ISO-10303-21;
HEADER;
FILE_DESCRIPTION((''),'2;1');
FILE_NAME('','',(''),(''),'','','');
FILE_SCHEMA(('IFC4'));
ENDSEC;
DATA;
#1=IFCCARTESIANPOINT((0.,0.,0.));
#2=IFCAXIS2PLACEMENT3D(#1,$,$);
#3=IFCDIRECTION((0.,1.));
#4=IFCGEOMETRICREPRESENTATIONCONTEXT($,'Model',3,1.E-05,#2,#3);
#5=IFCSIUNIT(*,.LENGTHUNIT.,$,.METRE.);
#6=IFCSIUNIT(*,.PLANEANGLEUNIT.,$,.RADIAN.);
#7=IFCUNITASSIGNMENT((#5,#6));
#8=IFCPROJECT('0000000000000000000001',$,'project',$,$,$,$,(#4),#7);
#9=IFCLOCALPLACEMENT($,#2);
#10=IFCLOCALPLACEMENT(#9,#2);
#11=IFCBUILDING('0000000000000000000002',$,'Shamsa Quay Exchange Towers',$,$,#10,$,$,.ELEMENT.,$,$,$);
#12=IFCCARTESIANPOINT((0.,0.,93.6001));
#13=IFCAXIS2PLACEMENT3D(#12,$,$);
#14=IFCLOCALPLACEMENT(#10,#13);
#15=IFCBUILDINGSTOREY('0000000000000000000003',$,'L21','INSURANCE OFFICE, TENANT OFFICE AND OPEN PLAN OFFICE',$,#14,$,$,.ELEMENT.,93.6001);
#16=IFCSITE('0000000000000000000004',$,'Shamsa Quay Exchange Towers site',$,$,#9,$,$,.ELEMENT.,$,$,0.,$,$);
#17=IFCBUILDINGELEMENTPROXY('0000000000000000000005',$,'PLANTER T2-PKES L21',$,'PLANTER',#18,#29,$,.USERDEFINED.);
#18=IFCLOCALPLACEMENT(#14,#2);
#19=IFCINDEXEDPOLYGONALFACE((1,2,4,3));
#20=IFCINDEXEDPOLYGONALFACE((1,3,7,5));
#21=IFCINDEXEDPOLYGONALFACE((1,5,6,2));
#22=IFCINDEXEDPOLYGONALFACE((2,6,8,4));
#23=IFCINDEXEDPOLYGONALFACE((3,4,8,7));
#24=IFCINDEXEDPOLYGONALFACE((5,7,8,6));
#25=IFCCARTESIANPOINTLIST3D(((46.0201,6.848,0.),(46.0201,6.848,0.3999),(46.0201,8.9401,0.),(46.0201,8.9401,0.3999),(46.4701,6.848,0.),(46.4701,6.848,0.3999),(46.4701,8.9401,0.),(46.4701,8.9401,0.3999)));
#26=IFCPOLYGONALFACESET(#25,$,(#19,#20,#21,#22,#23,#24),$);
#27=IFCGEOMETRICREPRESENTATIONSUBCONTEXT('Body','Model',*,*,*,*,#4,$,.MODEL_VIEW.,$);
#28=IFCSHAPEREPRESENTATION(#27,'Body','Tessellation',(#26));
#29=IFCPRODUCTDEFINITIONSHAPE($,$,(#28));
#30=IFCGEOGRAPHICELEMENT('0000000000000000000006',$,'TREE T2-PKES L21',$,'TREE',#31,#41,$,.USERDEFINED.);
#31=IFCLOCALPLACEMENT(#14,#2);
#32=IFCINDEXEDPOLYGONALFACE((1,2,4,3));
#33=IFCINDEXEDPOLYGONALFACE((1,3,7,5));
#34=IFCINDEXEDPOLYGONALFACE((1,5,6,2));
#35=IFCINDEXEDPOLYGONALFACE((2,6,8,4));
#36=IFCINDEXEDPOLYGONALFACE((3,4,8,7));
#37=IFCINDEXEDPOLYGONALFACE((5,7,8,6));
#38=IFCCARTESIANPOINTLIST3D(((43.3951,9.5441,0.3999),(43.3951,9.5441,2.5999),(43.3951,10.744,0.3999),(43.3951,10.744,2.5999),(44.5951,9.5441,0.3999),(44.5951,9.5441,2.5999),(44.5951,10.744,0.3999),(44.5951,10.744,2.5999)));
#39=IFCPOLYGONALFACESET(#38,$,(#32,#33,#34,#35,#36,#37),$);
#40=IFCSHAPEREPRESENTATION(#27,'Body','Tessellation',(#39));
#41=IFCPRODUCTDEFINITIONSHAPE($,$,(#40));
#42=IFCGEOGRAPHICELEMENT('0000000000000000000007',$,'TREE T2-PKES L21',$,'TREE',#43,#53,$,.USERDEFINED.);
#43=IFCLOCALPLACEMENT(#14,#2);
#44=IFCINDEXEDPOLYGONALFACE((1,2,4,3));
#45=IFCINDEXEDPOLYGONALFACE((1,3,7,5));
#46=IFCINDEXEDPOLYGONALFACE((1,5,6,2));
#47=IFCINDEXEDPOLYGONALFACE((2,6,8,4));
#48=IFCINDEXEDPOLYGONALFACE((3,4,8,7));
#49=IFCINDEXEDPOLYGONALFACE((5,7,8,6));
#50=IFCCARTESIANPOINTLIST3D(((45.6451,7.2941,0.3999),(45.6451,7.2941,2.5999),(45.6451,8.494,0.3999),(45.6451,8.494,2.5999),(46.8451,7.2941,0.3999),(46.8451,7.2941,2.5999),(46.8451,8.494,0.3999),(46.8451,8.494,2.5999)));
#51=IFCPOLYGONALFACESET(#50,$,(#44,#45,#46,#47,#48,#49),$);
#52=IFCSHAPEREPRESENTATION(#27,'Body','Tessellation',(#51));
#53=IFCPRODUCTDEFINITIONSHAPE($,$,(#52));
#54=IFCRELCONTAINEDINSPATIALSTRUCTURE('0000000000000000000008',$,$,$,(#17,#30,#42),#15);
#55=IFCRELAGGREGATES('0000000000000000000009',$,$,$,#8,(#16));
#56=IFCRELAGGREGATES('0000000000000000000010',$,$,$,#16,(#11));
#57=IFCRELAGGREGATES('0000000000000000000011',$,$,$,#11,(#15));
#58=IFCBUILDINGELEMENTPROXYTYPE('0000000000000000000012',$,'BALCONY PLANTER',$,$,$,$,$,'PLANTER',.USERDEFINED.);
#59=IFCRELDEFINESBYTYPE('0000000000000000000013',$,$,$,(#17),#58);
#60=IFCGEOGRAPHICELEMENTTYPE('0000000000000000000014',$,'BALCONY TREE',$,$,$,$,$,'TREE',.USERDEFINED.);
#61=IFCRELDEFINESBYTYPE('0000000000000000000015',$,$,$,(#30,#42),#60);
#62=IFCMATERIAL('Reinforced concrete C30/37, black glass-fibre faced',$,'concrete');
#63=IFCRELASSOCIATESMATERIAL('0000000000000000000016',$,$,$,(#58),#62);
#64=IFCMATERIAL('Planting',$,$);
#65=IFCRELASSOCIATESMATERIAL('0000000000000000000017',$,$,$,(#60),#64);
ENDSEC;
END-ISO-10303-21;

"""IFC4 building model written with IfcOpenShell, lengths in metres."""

from ifc_helpers import new_model, si_unit, direction, frame, origin, origin_2d, place, context, subcontext, project, spatial, rectangle, extrude, material, type_object, element, save


model = new_model("IFC4")

# Units and contexts
model_context = context("Model", 3, precision=1e-05, world=origin(), true_north=direction((0.0, 1.0)))
body_context = subcontext(model_context, "Body", "Model", "MODEL_VIEW")
ifc_project = project(units=[si_unit("LENGTHUNIT", "METRE"), si_unit("PLANEANGLEUNIT", "RADIAN")], contexts=[model_context])

# Site, building, storey
site_placement = place(None, origin())
site = spatial("IfcSite", under=ifc_project, at=site_placement, Name="Shamsa Quay Exchange Towers site", CompositionType="ELEMENT", RefElevation=0.0)
building_placement = place(site_placement, origin())
building = spatial("IfcBuilding", under=site, at=building_placement, Name="Shamsa Quay Exchange Towers", CompositionType="ELEMENT")
storey_placement = place(building_placement, frame((0.0, 0.0, 93.6001)))
storey = spatial("IfcBuildingStorey", under=building, at=storey_placement, Name="L21", Description="INSURANCE OFFICE, TENANT OFFICE AND OPEN PLAN OFFICE", CompositionType="ELEMENT", Elevation=93.6001)

# Building element proxy
ifc_material_1 = material(Name="Reinforced concrete C30/37, black glass-fibre faced", Category="concrete")
building_element_proxy_type = type_object("IfcBuildingElementProxyType", Name="BALCONY PLANTER", ElementType="PLANTER", PredefinedType="USERDEFINED", material=ifc_material_1)
for number, where, z_axis, x_axis, name in (
    (1, (46.2451, 7.894, 0.0), (0.0, 0.0, 1.0), (0.0, 1.0, 0.0), "PLANTER T2-PKES L21"),
):
    element("IfcBuildingElementProxy", number, at=place(storey_placement, frame(where, z_axis=z_axis, x_axis=x_axis)), inside=storey, type_object=building_element_proxy_type, Name=name, ObjectType="PLANTER", PredefinedType="USERDEFINED", context=body_context, shape_type="SweptSolid", body=[
        extrude(rectangle(XDim=2.092, YDim=0.45, at=origin_2d()), origin(), (0.0, 0.0, 1.0), 0.3999),
    ])

# Geographic elements
ifc_material_2 = material(Name="Planting")
geographic_element_type = type_object("IfcGeographicElementType", Name="BALCONY TREE", ElementType="TREE", PredefinedType="USERDEFINED", material=ifc_material_2)
for number, where, z_axis, x_axis, name in (
    (2, (43.9951, 10.144, 0.3999), (0.0, 0.0, 1.0), (0.0, 1.0, 0.0), "TREE T2-PKES L21"),
    (3, (46.2451, 7.894, 0.3999), (0.0, 0.0, 1.0), (0.0, 1.0, 0.0), "TREE T2-PKES L21"),
):
    element("IfcGeographicElement", number, at=place(storey_placement, frame(where, z_axis=z_axis, x_axis=x_axis)), inside=storey, type_object=geographic_element_type, Name=name, ObjectType="TREE", PredefinedType="USERDEFINED", context=body_context, shape_type="SweptSolid", body=[
        extrude(rectangle(XDim=1.2, YDim=1.2, at=origin_2d()), origin(), (0.0, 0.0, 1.0), 2.2),
    ])

save(model, "model.ifc")
